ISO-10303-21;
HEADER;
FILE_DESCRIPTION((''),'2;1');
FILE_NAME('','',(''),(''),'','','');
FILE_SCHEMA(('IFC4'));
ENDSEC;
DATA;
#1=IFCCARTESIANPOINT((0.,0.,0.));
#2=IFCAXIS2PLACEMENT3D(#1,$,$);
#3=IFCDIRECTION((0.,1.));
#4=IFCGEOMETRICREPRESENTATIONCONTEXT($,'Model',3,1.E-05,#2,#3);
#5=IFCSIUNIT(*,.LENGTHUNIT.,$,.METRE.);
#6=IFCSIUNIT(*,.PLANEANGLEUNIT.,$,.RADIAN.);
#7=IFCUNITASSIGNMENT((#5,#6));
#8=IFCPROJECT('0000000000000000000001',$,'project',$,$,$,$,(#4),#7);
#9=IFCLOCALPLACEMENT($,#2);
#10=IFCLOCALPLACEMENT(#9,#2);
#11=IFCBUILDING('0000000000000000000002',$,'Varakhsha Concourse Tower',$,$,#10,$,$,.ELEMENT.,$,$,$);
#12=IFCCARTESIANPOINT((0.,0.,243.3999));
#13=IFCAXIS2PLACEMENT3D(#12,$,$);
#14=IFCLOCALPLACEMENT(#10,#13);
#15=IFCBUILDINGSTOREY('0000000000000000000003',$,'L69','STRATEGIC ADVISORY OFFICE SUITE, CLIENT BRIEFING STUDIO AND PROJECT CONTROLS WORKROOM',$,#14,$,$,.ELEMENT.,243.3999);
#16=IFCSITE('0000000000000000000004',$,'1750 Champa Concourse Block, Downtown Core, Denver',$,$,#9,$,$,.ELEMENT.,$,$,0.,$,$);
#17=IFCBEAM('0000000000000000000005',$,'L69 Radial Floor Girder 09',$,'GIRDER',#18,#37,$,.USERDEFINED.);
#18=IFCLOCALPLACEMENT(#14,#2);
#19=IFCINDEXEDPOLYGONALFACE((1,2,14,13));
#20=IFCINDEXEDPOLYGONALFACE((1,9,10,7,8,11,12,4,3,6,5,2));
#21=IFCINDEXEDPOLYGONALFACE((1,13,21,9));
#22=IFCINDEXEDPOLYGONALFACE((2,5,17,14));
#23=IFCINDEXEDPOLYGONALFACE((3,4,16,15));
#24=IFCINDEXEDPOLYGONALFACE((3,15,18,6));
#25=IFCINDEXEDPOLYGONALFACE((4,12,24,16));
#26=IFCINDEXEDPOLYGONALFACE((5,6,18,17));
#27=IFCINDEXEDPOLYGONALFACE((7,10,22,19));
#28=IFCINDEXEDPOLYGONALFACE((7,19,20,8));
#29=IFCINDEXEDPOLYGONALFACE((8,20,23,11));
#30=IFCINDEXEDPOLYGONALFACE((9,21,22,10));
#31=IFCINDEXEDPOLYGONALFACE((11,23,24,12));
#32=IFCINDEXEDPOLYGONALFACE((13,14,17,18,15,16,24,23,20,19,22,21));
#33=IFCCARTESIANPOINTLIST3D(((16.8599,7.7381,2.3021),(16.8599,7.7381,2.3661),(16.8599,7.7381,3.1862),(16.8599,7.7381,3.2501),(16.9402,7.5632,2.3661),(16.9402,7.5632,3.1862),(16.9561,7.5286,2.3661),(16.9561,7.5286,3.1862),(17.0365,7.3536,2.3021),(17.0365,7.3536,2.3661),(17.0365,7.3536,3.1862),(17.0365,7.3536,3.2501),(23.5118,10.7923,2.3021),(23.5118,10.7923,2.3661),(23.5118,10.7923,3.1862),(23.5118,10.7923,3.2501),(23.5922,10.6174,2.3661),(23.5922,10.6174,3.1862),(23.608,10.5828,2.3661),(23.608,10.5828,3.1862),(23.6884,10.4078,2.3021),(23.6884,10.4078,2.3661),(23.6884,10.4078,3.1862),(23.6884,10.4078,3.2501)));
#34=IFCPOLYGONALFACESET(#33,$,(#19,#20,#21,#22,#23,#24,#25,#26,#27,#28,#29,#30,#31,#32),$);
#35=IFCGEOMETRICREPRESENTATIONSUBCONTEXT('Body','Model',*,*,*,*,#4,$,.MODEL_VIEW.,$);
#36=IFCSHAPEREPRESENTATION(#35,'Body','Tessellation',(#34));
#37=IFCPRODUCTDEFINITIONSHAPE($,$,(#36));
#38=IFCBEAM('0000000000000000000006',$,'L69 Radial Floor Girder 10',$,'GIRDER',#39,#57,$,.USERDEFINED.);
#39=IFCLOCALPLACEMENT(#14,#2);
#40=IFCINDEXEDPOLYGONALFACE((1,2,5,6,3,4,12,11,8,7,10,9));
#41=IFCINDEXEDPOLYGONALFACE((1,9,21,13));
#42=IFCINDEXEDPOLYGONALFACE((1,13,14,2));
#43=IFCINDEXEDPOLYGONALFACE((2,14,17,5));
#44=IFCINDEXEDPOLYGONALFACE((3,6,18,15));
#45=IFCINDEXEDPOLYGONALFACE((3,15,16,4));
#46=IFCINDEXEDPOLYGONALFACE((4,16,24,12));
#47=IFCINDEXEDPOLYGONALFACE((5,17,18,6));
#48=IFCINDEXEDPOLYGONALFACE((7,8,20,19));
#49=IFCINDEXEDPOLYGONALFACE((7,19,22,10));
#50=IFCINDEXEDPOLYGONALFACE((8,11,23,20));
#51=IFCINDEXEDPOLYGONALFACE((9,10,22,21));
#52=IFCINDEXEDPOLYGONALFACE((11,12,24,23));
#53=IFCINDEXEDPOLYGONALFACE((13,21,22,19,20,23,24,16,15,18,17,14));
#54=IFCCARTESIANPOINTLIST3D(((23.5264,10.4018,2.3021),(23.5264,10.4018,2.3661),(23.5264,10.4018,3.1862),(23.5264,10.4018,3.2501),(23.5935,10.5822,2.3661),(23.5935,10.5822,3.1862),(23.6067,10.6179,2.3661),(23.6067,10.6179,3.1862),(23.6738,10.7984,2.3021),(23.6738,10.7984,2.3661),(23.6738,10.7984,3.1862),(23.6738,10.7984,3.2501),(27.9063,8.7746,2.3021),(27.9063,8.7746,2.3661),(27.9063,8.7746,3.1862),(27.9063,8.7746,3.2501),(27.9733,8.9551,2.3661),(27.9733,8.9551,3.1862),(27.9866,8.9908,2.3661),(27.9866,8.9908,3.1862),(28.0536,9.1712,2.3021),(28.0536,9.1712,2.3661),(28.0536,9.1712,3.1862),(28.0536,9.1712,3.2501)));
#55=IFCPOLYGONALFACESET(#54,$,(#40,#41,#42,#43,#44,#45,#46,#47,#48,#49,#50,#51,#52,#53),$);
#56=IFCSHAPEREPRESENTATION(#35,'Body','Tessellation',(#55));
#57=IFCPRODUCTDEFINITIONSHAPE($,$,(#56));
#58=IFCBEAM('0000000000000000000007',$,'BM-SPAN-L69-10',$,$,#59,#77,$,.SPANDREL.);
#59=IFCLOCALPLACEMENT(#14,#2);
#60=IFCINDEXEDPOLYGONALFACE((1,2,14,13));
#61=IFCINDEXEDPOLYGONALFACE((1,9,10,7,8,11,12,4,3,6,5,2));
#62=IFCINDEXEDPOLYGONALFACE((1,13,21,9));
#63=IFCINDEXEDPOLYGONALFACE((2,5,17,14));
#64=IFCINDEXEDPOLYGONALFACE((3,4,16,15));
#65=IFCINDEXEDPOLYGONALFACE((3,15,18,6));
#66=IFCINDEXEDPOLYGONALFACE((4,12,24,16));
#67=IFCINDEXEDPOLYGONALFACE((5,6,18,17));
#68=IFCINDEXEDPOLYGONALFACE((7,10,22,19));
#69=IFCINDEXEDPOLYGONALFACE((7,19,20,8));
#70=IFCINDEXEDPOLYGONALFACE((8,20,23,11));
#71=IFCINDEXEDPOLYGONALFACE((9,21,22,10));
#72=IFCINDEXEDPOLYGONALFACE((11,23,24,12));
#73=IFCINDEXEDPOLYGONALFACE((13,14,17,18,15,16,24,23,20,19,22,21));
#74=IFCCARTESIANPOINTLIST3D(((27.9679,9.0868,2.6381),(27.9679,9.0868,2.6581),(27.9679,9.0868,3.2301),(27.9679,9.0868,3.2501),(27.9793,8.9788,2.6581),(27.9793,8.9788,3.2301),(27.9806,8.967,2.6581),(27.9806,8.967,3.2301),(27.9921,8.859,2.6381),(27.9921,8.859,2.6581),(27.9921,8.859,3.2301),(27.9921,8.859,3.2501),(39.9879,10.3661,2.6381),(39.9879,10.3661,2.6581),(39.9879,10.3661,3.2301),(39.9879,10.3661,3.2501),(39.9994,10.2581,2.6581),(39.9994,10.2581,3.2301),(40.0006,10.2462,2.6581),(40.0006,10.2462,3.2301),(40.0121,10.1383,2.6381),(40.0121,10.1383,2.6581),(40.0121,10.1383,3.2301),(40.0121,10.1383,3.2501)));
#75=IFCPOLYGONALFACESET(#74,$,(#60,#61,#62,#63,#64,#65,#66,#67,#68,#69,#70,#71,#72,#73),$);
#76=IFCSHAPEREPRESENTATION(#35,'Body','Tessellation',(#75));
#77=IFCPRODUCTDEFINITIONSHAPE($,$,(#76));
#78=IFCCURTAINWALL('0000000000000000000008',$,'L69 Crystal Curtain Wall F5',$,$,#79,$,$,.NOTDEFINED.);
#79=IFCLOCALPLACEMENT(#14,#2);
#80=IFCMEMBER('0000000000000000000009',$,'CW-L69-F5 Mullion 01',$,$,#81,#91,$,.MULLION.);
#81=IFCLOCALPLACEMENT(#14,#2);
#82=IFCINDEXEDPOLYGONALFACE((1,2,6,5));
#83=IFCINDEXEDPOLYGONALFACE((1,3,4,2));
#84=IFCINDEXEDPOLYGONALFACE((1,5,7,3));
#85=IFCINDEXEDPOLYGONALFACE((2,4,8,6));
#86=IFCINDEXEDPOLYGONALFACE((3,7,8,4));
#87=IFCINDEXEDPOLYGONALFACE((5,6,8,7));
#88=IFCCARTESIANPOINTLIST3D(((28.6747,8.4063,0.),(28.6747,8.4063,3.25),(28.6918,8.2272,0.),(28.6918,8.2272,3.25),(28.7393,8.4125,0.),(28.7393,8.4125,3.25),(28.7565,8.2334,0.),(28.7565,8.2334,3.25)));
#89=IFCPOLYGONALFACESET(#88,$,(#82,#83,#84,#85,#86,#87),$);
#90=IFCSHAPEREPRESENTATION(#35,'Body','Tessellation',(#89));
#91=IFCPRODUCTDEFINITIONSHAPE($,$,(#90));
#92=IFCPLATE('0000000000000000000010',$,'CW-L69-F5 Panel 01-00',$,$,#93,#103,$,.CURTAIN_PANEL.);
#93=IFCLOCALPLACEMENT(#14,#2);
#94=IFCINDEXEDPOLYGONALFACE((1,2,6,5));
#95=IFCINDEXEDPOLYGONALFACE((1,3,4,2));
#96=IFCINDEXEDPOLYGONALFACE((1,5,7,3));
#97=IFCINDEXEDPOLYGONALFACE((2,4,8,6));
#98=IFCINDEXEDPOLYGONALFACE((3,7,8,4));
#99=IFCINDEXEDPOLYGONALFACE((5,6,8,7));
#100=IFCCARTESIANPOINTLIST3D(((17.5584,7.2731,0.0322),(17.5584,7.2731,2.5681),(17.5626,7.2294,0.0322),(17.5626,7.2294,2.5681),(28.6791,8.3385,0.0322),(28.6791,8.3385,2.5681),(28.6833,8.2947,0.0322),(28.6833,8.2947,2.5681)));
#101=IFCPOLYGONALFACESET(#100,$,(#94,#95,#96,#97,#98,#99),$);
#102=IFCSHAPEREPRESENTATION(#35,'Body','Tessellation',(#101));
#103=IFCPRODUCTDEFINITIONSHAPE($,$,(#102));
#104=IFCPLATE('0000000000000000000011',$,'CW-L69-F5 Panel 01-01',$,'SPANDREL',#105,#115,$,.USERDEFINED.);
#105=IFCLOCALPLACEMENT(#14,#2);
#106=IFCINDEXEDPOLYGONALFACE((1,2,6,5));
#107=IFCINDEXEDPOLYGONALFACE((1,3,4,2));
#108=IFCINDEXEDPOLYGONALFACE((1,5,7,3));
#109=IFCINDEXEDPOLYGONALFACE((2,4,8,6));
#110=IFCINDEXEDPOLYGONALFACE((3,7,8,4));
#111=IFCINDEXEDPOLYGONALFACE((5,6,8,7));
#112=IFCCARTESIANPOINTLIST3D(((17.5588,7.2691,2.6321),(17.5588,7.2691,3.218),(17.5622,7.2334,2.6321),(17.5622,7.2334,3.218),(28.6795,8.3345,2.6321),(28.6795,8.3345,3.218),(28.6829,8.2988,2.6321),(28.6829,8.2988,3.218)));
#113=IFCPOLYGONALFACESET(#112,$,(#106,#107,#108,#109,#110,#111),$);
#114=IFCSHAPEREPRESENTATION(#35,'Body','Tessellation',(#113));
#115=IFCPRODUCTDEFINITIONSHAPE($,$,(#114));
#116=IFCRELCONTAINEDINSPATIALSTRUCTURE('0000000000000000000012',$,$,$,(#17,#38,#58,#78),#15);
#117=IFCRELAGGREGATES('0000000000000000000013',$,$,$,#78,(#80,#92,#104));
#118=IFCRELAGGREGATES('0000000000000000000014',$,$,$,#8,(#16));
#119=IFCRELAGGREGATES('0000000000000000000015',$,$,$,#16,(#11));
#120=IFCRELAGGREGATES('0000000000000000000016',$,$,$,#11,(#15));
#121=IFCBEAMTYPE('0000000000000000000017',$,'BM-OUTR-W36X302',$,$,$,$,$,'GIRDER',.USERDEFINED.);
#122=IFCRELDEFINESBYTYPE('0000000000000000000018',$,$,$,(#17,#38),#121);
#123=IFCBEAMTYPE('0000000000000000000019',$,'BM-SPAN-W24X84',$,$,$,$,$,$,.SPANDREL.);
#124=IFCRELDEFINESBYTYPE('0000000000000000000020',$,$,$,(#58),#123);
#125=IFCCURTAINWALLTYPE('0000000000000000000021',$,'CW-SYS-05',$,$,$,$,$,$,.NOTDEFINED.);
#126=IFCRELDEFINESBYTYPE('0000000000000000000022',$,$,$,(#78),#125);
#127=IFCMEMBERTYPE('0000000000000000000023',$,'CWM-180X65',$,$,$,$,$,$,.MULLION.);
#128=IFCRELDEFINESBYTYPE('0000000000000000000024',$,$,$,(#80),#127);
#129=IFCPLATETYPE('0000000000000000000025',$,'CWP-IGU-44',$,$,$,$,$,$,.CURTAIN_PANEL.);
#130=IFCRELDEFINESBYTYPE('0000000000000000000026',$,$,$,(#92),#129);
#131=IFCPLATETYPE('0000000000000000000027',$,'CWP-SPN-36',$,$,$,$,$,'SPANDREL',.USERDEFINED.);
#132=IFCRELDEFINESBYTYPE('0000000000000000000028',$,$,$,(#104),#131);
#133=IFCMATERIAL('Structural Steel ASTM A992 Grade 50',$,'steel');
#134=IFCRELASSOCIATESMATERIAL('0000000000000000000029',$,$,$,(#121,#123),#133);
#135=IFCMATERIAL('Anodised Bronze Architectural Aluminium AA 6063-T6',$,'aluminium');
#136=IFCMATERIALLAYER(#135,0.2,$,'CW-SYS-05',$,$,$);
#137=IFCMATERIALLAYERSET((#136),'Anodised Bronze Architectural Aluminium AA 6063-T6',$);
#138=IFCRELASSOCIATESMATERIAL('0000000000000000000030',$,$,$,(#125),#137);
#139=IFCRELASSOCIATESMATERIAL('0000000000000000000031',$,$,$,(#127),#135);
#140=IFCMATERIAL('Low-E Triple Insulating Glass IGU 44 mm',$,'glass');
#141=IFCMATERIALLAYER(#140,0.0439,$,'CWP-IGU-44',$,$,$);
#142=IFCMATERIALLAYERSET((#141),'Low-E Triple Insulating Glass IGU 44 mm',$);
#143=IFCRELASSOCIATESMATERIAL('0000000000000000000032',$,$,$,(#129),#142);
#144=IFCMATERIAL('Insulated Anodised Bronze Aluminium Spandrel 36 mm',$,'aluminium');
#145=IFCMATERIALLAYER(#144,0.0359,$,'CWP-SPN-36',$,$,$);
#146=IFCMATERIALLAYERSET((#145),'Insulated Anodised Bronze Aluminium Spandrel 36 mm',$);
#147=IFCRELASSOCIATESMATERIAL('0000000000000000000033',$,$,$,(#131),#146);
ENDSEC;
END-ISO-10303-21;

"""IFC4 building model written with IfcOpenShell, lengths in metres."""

from ifc_helpers import new_model, si_unit, direction, frame, origin, origin_2d, place, context, subcontext, project, spatial, rectangle, i_section, extrude, source, transform, mapped, material, layer, layer_set, material_profile, profile_set, type_object, type_shapes, element, aggregate, save


model = new_model("IFC4")

# Units and contexts
model_context = context("Model", 3, precision=1e-05, world=origin(), true_north=direction((0.0, 1.0)))
body_context = subcontext(model_context, "Body", "Model", "MODEL_VIEW")
ifc_project = project(units=[si_unit("LENGTHUNIT", "METRE"), si_unit("PLANEANGLEUNIT", "RADIAN")], contexts=[model_context])

# Site, building, storey
site_placement = place(None, origin())
site = spatial("IfcSite", under=ifc_project, at=site_placement, Name="1750 Champa Concourse Block, Downtown Core, Denver", CompositionType="ELEMENT", RefElevation=0.0)
building_placement = place(site_placement, origin())
building = spatial("IfcBuilding", under=site, at=building_placement, Name="Varakhsha Concourse Tower", CompositionType="ELEMENT")
storey_placement = place(building_placement, frame((0.0, 0.0, 243.3999)))
storey = spatial("IfcBuildingStorey", under=building, at=storey_placement, Name="L69", Description="STRATEGIC ADVISORY OFFICE SUITE, CLIENT BRIEFING STUDIO AND PROJECT CONTROLS WORKROOM", CompositionType="ELEMENT", Elevation=243.3999)

# Shared definitions
ifc_material_1 = material(Name="Structural Steel ASTM A992 Grade 50", Category="steel")

# Beams
ifc_material_profile_1 = material_profile(ifc_material_1, i_section(OverallWidth=0.4231, OverallDepth=0.948, WebThickness=0.0381, FlangeThickness=0.064, at=origin_2d()), Name="W36X302")
ifc_profile_set_1 = profile_set([ifc_material_profile_1], Name="Structural Steel ASTM A992 Grade 50")
beam_type_1 = type_object("IfcBeamType", Name="BM-OUTR-W36X302", ElementType="GIRDER", PredefinedType="USERDEFINED", material=ifc_profile_set_1)
beam_1_placement = place(storey_placement, frame((23.6001, 10.6001, 2.7761), z_axis=(-0.908784, -0.417268, 0.0), x_axis=(0.417268, -0.908784, 0.0)))
element("IfcBeam", 1, at=beam_1_placement, inside=storey, type_object=beam_type_1, Name="L69 Radial Floor Girder 09", ObjectType="GIRDER", PredefinedType="USERDEFINED", context=body_context, shape_type="SweptSolid", body=[
    extrude(i_section(OverallWidth=0.4231, OverallDepth=0.948, WebThickness=0.0381, FlangeThickness=0.064, at=origin_2d()), origin(), (0.0, 0.0, 1.0), 7.3196),
])
beam_2_placement = place(storey_placement, frame((23.6001, 10.6001, 2.7761), z_axis=(0.937398, -0.348259, 0.0), x_axis=(0.348259, 0.937398, 0.0)))
element("IfcBeam", 2, at=beam_2_placement, inside=storey, type_object=beam_type_1, Name="L69 Radial Floor Girder 10", ObjectType="GIRDER", PredefinedType="USERDEFINED", context=body_context, shape_type="SweptSolid", body=[
    extrude(i_section(OverallWidth=0.4231, OverallDepth=0.948, WebThickness=0.0381, FlangeThickness=0.064, at=origin_2d()), origin(), (0.0, 0.0, 1.0), 4.6724),
])
ifc_material_profile_2 = material_profile(ifc_material_1, i_section(OverallWidth=0.229, OverallDepth=0.6121, WebThickness=0.012, FlangeThickness=0.02, at=origin_2d()), Name="W24X84")
ifc_profile_set_2 = profile_set([ifc_material_profile_2], Name="Structural Steel ASTM A992 Grade 50")
beam_type_2 = type_object("IfcBeamType", Name="BM-SPAN-W24X84", PredefinedType="SPANDREL", material=ifc_profile_set_2)
beam_3_placement = place(storey_placement, frame((27.98, 8.9729, 2.9441), z_axis=(0.994384, 0.105833, 0.0), x_axis=(-0.105833, 0.994384, 0.0)))
element("IfcBeam", 3, at=beam_3_placement, inside=storey, type_object=beam_type_2, Name="BM-SPAN-L69-10", PredefinedType="SPANDREL", context=body_context, shape_type="SweptSolid", body=[
    extrude(i_section(OverallWidth=0.229, OverallDepth=0.6121, WebThickness=0.012, FlangeThickness=0.02, at=origin_2d()), origin(), (0.0, 0.0, 1.0), 12.0879),
])

# Curtain wall, member, plates
ifc_material_2 = material(Name="Anodised Bronze Architectural Aluminium AA 6063-T6", Category="aluminium")
ifc_layer_1 = layer(ifc_material_2, 0.2, Name="CW-SYS-05")
ifc_layer_set_1 = layer_set([ifc_layer_1], Name="Anodised Bronze Architectural Aluminium AA 6063-T6")
curtain_wall_type = type_object("IfcCurtainWallType", Name="CW-SYS-05", PredefinedType="NOTDEFINED", material=ifc_layer_set_1)
curtain_wall_placement = place(storey_placement, origin())
curtain_wall = element("IfcCurtainWall", 4, at=curtain_wall_placement, inside=storey, type_object=curtain_wall_type, Name="L69 Crystal Curtain Wall F5", PredefinedType="NOTDEFINED")
ifc_material_profile_3 = material_profile(ifc_material_2, rectangle(XDim=0.0649, YDim=0.1799, at=origin_2d()), Name="CWM-180X65")
ifc_profile_set_3 = profile_set([ifc_material_profile_3], Name="Anodised Bronze Architectural Aluminium AA 6063-T6")
member_type = type_object("IfcMemberType", Name="CWM-180X65", PredefinedType="MULLION", material=ifc_profile_set_3)
shared_shape_1 = source(origin(), body_context, "Body", "SweptSolid", [
    extrude(rectangle(XDim=0.0649, YDim=0.1799, at=origin_2d()), origin(), (0.0, 0.0, 1.0), 3.25),
])
type_shapes(member_type, [shared_shape_1])
member_placement = place(storey_placement, frame((28.7156, 8.3198, 0.0), z_axis=(0.0, 0.0, 1.0), x_axis=(-0.995443, -0.095363, 0.0)))
member = element("IfcMember", 5, at=member_placement, type_object=member_type, Name="CW-L69-F5 Mullion 01", PredefinedType="MULLION", context=body_context, shape_type="MappedRepresentation", body=[
    mapped(shared_shape_1, transform((0.0, 0.0, 0.0), scale=1.0)),
])
ifc_material_3 = material(Name="Low-E Triple Insulating Glass IGU 44 mm", Category="glass")
ifc_layer_2 = layer(ifc_material_3, 0.0439, Name="CWP-IGU-44")
ifc_layer_set_2 = layer_set([ifc_layer_2], Name="Low-E Triple Insulating Glass IGU 44 mm")
plate_type_1 = type_object("IfcPlateType", Name="CWP-IGU-44", PredefinedType="CURTAIN_PANEL", material=ifc_layer_set_2)
shared_shape_2 = source(origin(), body_context, "Body", "SweptSolid", [
    extrude(rectangle(XDim=11.1716, YDim=0.0439, at=origin_2d()), origin(), (0.0, 0.0, 1.0), 2.5359),
])
type_shapes(plate_type_1, [shared_shape_2])
plate_1_placement = place(storey_placement, frame((23.1208, 7.7839, 0.0322), z_axis=(0.0, 0.0, 1.0), x_axis=(-0.995443, -0.095363, 0.0)))
plate_1 = element("IfcPlate", 6, at=plate_1_placement, type_object=plate_type_1, Name="CW-L69-F5 Panel 01-00", PredefinedType="CURTAIN_PANEL", context=body_context, shape_type="MappedRepresentation", body=[
    mapped(shared_shape_2, transform((0.0, 0.0, 0.0), scale=1.0)),
])
ifc_material_4 = material(Name="Insulated Anodised Bronze Aluminium Spandrel 36 mm", Category="aluminium")
ifc_layer_3 = layer(ifc_material_4, 0.0359, Name="CWP-SPN-36")
ifc_layer_set_3 = layer_set([ifc_layer_3], Name="Insulated Anodised Bronze Aluminium Spandrel 36 mm")
plate_type_2 = type_object("IfcPlateType", Name="CWP-SPN-36", ElementType="SPANDREL", PredefinedType="USERDEFINED", material=ifc_layer_set_3)
shared_shape_3 = source(origin(), body_context, "Body", "SweptSolid", [
    extrude(rectangle(XDim=11.1716, YDim=0.0359, at=origin_2d()), origin(), (0.0, 0.0, 1.0), 0.5859),
])
type_shapes(plate_type_2, [shared_shape_3])
plate_2_placement = place(storey_placement, frame((23.1208, 7.7839, 2.6321), z_axis=(0.0, 0.0, 1.0), x_axis=(-0.995443, -0.095363, 0.0)))
plate_2 = element("IfcPlate", 7, at=plate_2_placement, type_object=plate_type_2, Name="CW-L69-F5 Panel 01-01", ObjectType="SPANDREL", PredefinedType="USERDEFINED", context=body_context, shape_type="MappedRepresentation", body=[
    mapped(shared_shape_3, transform((0.0, 0.0, 0.0), scale=1.0)),
])
aggregate(curtain_wall, [member, plate_1, plate_2])

save(model, "model.ifc")
